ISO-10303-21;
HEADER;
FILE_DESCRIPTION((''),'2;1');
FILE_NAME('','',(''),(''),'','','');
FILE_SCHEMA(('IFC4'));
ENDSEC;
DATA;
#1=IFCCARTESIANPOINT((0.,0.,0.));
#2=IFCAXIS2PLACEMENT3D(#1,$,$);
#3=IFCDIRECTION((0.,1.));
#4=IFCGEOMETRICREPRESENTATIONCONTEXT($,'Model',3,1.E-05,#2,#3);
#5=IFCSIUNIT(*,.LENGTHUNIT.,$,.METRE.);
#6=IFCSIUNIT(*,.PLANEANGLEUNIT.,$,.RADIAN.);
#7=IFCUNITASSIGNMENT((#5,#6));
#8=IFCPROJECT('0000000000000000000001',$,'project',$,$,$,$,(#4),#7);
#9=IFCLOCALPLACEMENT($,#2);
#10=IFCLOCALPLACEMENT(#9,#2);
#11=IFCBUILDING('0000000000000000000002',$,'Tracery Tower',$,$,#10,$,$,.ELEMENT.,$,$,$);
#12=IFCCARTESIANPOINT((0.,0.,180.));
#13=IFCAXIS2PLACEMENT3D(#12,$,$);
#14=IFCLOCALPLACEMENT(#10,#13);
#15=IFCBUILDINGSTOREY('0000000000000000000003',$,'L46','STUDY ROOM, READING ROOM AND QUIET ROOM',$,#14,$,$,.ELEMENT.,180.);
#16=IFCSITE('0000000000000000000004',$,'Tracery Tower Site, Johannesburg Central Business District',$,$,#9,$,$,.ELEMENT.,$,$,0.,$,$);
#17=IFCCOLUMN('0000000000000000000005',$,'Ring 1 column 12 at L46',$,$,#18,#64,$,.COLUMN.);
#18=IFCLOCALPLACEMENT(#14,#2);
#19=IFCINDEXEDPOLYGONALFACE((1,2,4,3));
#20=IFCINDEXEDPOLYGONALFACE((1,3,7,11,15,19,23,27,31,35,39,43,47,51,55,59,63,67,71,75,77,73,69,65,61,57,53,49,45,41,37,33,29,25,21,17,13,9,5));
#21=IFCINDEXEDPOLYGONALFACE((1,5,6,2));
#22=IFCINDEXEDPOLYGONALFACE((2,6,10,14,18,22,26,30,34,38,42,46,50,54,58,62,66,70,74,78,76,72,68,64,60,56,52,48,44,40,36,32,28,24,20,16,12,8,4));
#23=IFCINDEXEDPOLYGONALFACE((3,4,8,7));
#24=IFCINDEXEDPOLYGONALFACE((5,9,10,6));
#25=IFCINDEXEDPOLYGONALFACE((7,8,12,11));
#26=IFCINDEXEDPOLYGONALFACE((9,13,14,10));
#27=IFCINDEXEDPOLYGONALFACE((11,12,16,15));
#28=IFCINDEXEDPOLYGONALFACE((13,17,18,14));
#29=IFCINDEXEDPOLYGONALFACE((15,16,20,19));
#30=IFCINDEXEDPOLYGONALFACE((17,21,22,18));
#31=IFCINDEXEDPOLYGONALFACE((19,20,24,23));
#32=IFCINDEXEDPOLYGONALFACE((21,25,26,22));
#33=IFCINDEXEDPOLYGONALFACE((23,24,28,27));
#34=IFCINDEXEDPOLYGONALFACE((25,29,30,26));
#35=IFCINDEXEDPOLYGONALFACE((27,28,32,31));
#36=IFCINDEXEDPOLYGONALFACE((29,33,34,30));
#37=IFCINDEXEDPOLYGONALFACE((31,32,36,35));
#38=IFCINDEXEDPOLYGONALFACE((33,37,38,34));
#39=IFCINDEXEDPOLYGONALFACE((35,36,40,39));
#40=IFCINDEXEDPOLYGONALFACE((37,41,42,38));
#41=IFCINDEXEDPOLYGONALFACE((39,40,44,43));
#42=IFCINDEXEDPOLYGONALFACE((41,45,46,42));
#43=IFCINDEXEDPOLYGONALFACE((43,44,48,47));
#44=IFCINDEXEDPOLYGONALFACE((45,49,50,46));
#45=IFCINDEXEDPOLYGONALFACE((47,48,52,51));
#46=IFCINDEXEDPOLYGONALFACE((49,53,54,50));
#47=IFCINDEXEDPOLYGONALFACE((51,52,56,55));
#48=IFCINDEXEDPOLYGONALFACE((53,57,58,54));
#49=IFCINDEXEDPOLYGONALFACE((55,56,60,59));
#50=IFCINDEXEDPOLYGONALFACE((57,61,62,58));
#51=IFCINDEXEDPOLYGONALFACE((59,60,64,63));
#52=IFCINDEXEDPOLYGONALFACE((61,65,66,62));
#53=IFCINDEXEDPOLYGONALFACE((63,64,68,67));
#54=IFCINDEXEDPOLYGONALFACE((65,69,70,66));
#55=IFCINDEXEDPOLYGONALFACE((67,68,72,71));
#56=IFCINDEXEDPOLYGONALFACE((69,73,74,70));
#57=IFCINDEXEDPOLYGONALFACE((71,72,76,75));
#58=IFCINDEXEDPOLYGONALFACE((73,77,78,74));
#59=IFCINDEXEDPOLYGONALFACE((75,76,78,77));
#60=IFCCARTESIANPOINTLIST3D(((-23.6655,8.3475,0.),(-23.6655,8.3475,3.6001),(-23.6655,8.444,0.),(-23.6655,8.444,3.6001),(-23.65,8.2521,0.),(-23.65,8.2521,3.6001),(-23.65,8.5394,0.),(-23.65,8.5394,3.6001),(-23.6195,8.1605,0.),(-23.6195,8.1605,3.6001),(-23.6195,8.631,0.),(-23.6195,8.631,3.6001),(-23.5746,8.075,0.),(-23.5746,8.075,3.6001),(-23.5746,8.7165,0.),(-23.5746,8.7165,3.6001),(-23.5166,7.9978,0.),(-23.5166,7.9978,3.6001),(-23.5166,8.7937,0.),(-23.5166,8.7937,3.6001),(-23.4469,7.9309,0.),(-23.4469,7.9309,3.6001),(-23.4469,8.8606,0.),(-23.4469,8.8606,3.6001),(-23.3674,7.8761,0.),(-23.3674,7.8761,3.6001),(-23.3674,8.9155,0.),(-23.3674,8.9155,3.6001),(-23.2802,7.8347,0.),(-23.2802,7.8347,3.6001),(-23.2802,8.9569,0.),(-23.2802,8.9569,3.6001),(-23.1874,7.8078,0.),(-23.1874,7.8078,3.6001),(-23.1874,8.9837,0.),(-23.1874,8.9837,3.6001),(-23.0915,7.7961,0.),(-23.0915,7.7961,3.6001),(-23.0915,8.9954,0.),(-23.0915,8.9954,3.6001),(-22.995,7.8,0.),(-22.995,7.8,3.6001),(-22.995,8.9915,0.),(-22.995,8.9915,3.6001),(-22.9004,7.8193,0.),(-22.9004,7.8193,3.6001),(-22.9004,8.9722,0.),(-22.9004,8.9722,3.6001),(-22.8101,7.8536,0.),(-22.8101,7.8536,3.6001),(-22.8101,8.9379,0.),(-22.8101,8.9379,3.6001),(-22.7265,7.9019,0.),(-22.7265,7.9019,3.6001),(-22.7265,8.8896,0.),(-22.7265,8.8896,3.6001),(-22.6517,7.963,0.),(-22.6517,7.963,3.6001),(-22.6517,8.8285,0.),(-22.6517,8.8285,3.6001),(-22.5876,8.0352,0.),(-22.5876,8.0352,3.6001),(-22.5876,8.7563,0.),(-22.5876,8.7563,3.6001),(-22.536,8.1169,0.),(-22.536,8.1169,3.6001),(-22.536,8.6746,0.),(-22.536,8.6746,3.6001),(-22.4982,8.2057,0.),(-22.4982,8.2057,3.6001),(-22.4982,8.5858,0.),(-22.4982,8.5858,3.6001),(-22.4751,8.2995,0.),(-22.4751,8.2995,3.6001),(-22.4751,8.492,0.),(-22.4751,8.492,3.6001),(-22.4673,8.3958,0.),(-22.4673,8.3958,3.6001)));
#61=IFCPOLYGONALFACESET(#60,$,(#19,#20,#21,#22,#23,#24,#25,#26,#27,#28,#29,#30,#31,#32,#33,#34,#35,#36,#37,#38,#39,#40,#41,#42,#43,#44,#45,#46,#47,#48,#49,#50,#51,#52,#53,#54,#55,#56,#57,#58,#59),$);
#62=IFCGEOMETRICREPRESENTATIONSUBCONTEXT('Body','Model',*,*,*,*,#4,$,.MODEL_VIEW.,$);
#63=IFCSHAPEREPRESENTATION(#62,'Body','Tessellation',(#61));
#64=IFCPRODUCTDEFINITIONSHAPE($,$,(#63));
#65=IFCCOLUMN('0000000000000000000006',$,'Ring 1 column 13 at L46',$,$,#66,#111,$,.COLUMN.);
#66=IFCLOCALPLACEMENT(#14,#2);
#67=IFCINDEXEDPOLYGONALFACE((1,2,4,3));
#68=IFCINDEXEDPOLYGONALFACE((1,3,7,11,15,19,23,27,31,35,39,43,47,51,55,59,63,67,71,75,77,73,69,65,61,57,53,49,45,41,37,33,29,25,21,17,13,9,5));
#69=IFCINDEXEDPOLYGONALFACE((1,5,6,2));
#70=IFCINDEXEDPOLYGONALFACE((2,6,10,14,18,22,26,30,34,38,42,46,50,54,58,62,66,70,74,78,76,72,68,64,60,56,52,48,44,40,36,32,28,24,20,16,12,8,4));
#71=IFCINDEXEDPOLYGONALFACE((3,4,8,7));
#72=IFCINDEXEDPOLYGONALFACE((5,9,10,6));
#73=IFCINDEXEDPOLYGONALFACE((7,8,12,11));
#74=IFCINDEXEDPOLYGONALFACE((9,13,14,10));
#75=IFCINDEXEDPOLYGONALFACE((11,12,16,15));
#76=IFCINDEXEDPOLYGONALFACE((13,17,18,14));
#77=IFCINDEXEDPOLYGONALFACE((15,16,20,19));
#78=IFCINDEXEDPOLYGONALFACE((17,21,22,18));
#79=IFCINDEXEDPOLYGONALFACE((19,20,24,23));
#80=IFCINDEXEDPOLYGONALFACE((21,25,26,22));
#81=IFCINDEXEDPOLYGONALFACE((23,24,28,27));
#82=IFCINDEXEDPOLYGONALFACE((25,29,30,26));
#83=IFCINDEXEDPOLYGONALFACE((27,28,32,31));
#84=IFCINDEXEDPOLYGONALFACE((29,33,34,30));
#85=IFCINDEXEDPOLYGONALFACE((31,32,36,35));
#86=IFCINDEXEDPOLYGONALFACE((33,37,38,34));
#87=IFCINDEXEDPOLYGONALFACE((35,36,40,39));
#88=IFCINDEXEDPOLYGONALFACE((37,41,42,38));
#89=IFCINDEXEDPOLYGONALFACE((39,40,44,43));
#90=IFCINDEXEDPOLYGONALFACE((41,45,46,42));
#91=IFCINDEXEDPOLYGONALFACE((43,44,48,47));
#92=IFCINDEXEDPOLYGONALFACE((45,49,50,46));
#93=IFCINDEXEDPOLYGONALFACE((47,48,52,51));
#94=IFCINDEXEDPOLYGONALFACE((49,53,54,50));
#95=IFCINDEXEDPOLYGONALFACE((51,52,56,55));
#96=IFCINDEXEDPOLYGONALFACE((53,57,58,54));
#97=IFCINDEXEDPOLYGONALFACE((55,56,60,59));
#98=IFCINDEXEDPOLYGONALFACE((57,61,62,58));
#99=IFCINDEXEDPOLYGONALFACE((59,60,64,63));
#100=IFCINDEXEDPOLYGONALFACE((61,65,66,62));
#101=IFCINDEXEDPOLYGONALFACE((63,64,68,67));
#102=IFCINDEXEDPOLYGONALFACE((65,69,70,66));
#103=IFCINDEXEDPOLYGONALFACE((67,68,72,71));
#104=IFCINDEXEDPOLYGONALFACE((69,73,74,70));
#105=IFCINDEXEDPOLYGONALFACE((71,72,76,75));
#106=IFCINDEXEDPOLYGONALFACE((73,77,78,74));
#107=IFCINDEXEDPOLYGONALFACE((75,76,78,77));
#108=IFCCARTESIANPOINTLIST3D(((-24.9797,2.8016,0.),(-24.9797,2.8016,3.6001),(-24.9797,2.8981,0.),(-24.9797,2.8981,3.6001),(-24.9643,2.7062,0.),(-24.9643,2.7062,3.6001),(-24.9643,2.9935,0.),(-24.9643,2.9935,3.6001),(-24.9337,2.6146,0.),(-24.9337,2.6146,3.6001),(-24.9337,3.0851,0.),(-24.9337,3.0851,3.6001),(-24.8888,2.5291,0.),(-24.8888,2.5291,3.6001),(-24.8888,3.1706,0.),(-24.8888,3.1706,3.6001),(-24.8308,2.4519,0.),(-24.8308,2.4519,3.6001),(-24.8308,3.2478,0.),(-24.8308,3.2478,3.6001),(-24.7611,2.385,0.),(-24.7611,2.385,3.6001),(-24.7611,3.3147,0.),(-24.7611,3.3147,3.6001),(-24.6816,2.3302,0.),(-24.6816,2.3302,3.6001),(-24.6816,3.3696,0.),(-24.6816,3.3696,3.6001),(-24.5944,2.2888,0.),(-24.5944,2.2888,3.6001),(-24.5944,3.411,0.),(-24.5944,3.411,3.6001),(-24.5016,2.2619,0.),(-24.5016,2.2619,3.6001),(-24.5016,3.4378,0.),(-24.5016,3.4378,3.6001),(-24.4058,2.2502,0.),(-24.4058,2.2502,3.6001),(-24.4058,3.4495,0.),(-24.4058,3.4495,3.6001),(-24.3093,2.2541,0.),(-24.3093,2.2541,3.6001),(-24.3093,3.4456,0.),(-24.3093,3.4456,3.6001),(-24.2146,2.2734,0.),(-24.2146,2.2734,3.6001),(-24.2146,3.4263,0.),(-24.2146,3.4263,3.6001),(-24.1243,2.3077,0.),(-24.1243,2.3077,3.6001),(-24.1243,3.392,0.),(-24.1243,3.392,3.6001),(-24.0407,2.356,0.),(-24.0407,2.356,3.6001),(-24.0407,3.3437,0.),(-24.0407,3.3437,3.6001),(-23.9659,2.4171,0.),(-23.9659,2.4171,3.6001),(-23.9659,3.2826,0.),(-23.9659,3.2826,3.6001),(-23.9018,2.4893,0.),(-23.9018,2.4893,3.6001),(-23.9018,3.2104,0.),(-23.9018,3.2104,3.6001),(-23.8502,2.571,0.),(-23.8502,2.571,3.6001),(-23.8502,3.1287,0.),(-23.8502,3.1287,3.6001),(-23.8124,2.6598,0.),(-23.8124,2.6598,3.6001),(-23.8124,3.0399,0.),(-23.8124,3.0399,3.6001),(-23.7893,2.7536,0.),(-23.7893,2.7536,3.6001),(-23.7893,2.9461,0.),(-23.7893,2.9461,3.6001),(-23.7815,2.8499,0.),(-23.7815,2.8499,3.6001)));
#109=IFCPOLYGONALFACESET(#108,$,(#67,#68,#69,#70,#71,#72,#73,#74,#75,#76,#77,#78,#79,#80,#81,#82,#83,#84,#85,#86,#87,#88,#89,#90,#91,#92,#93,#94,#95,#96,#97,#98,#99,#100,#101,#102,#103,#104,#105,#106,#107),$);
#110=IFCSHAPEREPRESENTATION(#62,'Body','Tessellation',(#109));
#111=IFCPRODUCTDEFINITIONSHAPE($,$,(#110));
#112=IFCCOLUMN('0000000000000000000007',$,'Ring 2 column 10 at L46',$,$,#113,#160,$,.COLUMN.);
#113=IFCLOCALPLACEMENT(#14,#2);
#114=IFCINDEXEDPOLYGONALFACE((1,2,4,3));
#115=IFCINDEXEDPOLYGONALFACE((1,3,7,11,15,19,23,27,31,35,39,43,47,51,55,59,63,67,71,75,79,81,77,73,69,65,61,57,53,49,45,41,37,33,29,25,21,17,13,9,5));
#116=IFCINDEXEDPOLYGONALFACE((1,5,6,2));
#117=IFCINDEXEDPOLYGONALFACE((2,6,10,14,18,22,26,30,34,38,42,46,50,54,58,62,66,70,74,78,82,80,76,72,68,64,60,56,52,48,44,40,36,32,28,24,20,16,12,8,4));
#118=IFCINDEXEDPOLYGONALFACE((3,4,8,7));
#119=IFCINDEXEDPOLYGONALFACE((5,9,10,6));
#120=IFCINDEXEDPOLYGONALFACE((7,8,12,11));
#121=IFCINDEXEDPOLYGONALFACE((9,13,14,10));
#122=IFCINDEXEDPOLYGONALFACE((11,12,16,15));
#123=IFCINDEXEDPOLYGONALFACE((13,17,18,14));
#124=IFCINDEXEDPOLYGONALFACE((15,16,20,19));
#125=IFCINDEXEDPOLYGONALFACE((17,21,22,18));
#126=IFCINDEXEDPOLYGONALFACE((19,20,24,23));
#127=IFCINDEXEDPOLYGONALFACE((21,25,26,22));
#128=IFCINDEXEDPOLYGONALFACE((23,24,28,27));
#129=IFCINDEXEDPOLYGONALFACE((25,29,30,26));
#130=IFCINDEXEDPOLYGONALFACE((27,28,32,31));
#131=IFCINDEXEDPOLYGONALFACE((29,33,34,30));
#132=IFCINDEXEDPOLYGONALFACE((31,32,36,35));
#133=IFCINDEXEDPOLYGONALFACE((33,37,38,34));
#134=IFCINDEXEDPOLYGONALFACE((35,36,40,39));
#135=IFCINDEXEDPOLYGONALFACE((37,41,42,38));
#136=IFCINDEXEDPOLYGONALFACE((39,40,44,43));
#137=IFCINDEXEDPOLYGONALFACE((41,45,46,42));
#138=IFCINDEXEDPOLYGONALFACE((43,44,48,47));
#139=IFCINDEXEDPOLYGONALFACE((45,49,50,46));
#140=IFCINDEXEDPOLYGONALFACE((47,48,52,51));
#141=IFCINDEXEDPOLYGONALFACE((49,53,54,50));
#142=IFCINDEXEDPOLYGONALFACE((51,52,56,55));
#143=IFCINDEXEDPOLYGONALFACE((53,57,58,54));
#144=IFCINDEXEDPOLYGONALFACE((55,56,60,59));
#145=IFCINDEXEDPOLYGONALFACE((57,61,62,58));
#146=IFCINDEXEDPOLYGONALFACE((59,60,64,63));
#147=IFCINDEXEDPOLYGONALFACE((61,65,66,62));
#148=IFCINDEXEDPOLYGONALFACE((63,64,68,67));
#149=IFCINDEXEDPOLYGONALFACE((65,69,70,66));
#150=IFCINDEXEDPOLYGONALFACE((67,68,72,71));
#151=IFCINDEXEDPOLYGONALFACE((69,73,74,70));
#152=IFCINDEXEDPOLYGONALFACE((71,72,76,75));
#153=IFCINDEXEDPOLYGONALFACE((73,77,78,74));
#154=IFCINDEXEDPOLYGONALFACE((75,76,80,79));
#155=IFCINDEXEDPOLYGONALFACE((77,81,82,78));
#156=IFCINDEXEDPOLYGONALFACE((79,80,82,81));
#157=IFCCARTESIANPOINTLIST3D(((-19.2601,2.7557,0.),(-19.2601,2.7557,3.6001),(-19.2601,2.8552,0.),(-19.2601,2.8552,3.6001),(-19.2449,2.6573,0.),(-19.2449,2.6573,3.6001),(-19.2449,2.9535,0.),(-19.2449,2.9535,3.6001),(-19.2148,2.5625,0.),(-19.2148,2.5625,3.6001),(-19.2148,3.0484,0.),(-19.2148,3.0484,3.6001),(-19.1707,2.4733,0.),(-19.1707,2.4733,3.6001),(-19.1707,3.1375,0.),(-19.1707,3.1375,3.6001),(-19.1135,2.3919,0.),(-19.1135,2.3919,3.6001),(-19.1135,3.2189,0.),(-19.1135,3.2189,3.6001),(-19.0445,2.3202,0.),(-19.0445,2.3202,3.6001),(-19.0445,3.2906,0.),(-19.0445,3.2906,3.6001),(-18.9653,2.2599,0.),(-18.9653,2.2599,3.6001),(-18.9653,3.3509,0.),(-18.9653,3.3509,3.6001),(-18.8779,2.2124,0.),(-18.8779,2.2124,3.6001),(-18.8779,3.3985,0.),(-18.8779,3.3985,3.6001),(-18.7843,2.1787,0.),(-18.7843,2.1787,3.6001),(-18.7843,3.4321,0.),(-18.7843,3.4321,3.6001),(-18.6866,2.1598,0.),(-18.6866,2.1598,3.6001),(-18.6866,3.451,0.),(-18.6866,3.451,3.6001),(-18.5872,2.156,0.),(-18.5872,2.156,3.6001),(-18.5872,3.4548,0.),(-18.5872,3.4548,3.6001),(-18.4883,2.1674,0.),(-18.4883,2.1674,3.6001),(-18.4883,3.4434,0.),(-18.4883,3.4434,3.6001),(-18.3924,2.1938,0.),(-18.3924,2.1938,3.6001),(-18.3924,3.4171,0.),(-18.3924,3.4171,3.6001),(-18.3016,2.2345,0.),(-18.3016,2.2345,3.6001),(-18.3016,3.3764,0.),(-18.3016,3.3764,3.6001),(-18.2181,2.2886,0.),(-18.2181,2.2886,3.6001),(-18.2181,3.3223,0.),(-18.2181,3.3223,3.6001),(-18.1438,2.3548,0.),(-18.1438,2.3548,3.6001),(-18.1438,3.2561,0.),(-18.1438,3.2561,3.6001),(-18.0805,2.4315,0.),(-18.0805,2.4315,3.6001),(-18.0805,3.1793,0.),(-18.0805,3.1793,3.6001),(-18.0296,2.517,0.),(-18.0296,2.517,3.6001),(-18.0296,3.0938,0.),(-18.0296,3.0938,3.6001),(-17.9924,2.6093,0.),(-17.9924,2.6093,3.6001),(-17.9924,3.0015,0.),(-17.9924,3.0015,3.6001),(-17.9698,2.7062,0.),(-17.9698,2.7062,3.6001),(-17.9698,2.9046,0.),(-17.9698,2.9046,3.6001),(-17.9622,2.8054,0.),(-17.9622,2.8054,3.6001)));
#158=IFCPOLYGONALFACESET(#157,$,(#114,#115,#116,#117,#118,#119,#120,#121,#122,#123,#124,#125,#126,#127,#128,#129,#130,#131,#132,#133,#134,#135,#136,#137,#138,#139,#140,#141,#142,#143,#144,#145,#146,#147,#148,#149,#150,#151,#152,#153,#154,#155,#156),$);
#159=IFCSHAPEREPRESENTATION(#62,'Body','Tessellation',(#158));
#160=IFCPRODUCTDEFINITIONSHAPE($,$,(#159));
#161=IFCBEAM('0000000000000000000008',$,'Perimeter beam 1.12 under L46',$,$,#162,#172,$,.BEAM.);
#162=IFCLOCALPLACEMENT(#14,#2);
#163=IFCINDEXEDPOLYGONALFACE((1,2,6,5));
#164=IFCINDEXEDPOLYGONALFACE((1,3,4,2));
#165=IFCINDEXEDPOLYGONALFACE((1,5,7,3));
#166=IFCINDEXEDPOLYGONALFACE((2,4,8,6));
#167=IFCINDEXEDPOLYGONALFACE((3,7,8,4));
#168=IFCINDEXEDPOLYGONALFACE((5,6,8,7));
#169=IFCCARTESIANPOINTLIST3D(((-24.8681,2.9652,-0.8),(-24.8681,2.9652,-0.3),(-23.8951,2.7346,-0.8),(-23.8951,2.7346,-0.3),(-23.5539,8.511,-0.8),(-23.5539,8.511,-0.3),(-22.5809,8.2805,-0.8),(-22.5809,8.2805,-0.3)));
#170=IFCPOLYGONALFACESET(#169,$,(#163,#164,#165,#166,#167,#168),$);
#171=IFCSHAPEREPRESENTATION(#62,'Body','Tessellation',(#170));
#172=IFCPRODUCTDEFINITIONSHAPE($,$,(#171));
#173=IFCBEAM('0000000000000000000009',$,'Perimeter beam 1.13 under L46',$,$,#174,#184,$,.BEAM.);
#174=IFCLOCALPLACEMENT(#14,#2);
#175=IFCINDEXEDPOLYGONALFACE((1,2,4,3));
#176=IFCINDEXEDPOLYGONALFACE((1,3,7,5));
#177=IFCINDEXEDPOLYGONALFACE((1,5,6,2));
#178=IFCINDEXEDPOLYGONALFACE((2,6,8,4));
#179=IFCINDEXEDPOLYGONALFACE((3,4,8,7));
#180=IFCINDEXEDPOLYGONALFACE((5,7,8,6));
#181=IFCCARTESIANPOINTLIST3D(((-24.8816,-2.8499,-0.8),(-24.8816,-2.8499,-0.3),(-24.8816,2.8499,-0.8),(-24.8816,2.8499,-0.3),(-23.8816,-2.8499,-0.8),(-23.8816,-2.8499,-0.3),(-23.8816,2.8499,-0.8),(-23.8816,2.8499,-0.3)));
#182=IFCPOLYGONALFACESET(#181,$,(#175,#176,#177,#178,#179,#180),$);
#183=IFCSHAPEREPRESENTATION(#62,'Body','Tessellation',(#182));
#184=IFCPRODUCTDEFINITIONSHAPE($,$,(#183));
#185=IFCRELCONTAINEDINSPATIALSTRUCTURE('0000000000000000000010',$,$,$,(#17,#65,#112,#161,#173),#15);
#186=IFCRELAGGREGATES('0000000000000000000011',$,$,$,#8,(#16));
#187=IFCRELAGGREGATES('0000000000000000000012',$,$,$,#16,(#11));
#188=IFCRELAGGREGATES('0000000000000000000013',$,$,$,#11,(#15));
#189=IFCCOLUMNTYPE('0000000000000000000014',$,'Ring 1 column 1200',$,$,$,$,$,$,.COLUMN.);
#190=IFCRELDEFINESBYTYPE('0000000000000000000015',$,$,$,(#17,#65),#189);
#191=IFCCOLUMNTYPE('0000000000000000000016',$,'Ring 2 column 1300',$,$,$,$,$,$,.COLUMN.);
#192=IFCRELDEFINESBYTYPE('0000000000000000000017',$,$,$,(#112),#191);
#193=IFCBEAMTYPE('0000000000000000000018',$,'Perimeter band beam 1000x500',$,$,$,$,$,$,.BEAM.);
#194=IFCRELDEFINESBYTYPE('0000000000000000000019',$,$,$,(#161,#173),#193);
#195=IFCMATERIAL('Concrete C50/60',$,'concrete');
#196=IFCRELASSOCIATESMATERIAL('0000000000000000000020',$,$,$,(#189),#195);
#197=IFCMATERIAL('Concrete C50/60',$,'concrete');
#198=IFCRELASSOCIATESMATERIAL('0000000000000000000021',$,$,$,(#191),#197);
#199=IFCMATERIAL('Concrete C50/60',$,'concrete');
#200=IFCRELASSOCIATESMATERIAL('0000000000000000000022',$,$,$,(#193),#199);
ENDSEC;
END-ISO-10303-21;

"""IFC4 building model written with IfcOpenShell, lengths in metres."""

from ifc_helpers import new_model, si_unit, direction, frame, origin, origin_2d, place, context, subcontext, project, spatial, rectangle, circle, extrude, material, material_profile, profile_set, type_object, element, save


model = new_model("IFC4")

# Units and contexts
model_context = context("Model", 3, precision=1e-05, world=origin(), true_north=direction((0.0, 1.0)))
body_context = subcontext(model_context, "Body", "Model", "MODEL_VIEW")
ifc_project = project(units=[si_unit("LENGTHUNIT", "METRE"), si_unit("PLANEANGLEUNIT", "RADIAN")], contexts=[model_context])

# Site, building, storey
site_placement = place(None, origin())
site = spatial("IfcSite", under=ifc_project, at=site_placement, Name="Tracery Tower Site, Johannesburg Central Business District", CompositionType="ELEMENT", RefElevation=0.0)
building_placement = place(site_placement, origin())
building = spatial("IfcBuilding", under=site, at=building_placement, Name="Tracery Tower", CompositionType="ELEMENT")
storey_placement = place(building_placement, frame((0.0, 0.0, 180.0)))
storey = spatial("IfcBuildingStorey", under=building, at=storey_placement, Name="L46", Description="STUDY ROOM, READING ROOM AND QUIET ROOM", CompositionType="ELEMENT", Elevation=180.0)

# Columns
ifc_material_1 = material(Name="Concrete C50/60", Category="concrete")
ifc_material_profile_1 = material_profile(ifc_material_1, circle(Radius=0.6001, at=origin_2d()), Name="RC D1200")
ifc_profile_set_1 = profile_set([ifc_material_profile_1], Name="Concrete C50/60")
column_type_1 = type_object("IfcColumnType", Name="Ring 1 column 1200", PredefinedType="COLUMN", material=ifc_profile_set_1)
for number, where, z_axis, x_axis, name in (
    (1, (-23.0674, 8.3958, 0.0), (0.0, 0.0, 1.0), (1.0, 0.0, 0.0), "Ring 1 column 12 at L46"),
    (2, (-24.3816, 2.8499, 0.0), (0.0, 0.0, 1.0), (1.0, 0.0, 0.0), "Ring 1 column 13 at L46"),
):
    element("IfcColumn", number, at=place(storey_placement, frame(where, z_axis=z_axis, x_axis=x_axis)), inside=storey, type_object=column_type_1, Name=name, PredefinedType="COLUMN", context=body_context, shape_type="SweptSolid", body=[
        extrude(circle(Radius=0.6001, at=origin_2d()), origin(), (0.0, 0.0, 1.0), 3.6001),
    ])
ifc_material_2 = material(Name="Concrete C50/60", Category="concrete")
ifc_material_profile_2 = material_profile(ifc_material_2, circle(Radius=0.6499, at=origin_2d()), Name="RC D1300")
ifc_profile_set_2 = profile_set([ifc_material_profile_2], Name="Concrete C50/60")
column_type_2 = type_object("IfcColumnType", Name="Ring 2 column 1300", PredefinedType="COLUMN", material=ifc_profile_set_2)
column_placement = place(storey_placement, frame((-18.6121, 2.8054, 0.0), z_axis=(0.0, 0.0, 1.0), x_axis=(1.0, 0.0, 0.0)))
element("IfcColumn", 3, at=column_placement, inside=storey, type_object=column_type_2, Name="Ring 2 column 10 at L46", PredefinedType="COLUMN", context=body_context, shape_type="SweptSolid", body=[
    extrude(circle(Radius=0.6499, at=origin_2d()), origin(), (0.0, 0.0, 1.0), 3.6001),
])

# Beams
ifc_material_3 = material(Name="Concrete C50/60", Category="concrete")
ifc_material_profile_3 = material_profile(ifc_material_3, rectangle(XDim=1.0, YDim=0.5, at=origin_2d()), Name="RC 1000x500")
ifc_profile_set_3 = profile_set([ifc_material_profile_3], Name="Concrete C50/60")
beam_type = type_object("IfcBeamType", Name="Perimeter band beam 1000x500", PredefinedType="BEAM", material=ifc_profile_set_3)
beam_1_placement = place(storey_placement, frame((-23.0674, 8.3958, -0.55), z_axis=(-0.230584, -0.973052, 0.0), x_axis=(0.973052, -0.230584, 0.0)))
element("IfcBeam", 4, at=beam_1_placement, inside=storey, type_object=beam_type, Name="Perimeter beam 1.12 under L46", PredefinedType="BEAM", context=body_context, shape_type="SweptSolid", body=[
    extrude(rectangle(XDim=1.0, YDim=0.5, at=origin_2d()), origin(), (0.0, 0.0, 1.0), 5.6995),
])
beam_2_placement = place(storey_placement, frame((-24.3816, 2.8499, -0.55), z_axis=(0.0, -1.0, 0.0), x_axis=(1.0, 0.0, 0.0)))
element("IfcBeam", 5, at=beam_2_placement, inside=storey, type_object=beam_type, Name="Perimeter beam 1.13 under L46", PredefinedType="BEAM", context=body_context, shape_type="SweptSolid", body=[
    extrude(rectangle(XDim=1.0, YDim=0.5, at=origin_2d()), origin(), (0.0, 0.0, 1.0), 5.6997),
])

save(model, "model.ifc")
